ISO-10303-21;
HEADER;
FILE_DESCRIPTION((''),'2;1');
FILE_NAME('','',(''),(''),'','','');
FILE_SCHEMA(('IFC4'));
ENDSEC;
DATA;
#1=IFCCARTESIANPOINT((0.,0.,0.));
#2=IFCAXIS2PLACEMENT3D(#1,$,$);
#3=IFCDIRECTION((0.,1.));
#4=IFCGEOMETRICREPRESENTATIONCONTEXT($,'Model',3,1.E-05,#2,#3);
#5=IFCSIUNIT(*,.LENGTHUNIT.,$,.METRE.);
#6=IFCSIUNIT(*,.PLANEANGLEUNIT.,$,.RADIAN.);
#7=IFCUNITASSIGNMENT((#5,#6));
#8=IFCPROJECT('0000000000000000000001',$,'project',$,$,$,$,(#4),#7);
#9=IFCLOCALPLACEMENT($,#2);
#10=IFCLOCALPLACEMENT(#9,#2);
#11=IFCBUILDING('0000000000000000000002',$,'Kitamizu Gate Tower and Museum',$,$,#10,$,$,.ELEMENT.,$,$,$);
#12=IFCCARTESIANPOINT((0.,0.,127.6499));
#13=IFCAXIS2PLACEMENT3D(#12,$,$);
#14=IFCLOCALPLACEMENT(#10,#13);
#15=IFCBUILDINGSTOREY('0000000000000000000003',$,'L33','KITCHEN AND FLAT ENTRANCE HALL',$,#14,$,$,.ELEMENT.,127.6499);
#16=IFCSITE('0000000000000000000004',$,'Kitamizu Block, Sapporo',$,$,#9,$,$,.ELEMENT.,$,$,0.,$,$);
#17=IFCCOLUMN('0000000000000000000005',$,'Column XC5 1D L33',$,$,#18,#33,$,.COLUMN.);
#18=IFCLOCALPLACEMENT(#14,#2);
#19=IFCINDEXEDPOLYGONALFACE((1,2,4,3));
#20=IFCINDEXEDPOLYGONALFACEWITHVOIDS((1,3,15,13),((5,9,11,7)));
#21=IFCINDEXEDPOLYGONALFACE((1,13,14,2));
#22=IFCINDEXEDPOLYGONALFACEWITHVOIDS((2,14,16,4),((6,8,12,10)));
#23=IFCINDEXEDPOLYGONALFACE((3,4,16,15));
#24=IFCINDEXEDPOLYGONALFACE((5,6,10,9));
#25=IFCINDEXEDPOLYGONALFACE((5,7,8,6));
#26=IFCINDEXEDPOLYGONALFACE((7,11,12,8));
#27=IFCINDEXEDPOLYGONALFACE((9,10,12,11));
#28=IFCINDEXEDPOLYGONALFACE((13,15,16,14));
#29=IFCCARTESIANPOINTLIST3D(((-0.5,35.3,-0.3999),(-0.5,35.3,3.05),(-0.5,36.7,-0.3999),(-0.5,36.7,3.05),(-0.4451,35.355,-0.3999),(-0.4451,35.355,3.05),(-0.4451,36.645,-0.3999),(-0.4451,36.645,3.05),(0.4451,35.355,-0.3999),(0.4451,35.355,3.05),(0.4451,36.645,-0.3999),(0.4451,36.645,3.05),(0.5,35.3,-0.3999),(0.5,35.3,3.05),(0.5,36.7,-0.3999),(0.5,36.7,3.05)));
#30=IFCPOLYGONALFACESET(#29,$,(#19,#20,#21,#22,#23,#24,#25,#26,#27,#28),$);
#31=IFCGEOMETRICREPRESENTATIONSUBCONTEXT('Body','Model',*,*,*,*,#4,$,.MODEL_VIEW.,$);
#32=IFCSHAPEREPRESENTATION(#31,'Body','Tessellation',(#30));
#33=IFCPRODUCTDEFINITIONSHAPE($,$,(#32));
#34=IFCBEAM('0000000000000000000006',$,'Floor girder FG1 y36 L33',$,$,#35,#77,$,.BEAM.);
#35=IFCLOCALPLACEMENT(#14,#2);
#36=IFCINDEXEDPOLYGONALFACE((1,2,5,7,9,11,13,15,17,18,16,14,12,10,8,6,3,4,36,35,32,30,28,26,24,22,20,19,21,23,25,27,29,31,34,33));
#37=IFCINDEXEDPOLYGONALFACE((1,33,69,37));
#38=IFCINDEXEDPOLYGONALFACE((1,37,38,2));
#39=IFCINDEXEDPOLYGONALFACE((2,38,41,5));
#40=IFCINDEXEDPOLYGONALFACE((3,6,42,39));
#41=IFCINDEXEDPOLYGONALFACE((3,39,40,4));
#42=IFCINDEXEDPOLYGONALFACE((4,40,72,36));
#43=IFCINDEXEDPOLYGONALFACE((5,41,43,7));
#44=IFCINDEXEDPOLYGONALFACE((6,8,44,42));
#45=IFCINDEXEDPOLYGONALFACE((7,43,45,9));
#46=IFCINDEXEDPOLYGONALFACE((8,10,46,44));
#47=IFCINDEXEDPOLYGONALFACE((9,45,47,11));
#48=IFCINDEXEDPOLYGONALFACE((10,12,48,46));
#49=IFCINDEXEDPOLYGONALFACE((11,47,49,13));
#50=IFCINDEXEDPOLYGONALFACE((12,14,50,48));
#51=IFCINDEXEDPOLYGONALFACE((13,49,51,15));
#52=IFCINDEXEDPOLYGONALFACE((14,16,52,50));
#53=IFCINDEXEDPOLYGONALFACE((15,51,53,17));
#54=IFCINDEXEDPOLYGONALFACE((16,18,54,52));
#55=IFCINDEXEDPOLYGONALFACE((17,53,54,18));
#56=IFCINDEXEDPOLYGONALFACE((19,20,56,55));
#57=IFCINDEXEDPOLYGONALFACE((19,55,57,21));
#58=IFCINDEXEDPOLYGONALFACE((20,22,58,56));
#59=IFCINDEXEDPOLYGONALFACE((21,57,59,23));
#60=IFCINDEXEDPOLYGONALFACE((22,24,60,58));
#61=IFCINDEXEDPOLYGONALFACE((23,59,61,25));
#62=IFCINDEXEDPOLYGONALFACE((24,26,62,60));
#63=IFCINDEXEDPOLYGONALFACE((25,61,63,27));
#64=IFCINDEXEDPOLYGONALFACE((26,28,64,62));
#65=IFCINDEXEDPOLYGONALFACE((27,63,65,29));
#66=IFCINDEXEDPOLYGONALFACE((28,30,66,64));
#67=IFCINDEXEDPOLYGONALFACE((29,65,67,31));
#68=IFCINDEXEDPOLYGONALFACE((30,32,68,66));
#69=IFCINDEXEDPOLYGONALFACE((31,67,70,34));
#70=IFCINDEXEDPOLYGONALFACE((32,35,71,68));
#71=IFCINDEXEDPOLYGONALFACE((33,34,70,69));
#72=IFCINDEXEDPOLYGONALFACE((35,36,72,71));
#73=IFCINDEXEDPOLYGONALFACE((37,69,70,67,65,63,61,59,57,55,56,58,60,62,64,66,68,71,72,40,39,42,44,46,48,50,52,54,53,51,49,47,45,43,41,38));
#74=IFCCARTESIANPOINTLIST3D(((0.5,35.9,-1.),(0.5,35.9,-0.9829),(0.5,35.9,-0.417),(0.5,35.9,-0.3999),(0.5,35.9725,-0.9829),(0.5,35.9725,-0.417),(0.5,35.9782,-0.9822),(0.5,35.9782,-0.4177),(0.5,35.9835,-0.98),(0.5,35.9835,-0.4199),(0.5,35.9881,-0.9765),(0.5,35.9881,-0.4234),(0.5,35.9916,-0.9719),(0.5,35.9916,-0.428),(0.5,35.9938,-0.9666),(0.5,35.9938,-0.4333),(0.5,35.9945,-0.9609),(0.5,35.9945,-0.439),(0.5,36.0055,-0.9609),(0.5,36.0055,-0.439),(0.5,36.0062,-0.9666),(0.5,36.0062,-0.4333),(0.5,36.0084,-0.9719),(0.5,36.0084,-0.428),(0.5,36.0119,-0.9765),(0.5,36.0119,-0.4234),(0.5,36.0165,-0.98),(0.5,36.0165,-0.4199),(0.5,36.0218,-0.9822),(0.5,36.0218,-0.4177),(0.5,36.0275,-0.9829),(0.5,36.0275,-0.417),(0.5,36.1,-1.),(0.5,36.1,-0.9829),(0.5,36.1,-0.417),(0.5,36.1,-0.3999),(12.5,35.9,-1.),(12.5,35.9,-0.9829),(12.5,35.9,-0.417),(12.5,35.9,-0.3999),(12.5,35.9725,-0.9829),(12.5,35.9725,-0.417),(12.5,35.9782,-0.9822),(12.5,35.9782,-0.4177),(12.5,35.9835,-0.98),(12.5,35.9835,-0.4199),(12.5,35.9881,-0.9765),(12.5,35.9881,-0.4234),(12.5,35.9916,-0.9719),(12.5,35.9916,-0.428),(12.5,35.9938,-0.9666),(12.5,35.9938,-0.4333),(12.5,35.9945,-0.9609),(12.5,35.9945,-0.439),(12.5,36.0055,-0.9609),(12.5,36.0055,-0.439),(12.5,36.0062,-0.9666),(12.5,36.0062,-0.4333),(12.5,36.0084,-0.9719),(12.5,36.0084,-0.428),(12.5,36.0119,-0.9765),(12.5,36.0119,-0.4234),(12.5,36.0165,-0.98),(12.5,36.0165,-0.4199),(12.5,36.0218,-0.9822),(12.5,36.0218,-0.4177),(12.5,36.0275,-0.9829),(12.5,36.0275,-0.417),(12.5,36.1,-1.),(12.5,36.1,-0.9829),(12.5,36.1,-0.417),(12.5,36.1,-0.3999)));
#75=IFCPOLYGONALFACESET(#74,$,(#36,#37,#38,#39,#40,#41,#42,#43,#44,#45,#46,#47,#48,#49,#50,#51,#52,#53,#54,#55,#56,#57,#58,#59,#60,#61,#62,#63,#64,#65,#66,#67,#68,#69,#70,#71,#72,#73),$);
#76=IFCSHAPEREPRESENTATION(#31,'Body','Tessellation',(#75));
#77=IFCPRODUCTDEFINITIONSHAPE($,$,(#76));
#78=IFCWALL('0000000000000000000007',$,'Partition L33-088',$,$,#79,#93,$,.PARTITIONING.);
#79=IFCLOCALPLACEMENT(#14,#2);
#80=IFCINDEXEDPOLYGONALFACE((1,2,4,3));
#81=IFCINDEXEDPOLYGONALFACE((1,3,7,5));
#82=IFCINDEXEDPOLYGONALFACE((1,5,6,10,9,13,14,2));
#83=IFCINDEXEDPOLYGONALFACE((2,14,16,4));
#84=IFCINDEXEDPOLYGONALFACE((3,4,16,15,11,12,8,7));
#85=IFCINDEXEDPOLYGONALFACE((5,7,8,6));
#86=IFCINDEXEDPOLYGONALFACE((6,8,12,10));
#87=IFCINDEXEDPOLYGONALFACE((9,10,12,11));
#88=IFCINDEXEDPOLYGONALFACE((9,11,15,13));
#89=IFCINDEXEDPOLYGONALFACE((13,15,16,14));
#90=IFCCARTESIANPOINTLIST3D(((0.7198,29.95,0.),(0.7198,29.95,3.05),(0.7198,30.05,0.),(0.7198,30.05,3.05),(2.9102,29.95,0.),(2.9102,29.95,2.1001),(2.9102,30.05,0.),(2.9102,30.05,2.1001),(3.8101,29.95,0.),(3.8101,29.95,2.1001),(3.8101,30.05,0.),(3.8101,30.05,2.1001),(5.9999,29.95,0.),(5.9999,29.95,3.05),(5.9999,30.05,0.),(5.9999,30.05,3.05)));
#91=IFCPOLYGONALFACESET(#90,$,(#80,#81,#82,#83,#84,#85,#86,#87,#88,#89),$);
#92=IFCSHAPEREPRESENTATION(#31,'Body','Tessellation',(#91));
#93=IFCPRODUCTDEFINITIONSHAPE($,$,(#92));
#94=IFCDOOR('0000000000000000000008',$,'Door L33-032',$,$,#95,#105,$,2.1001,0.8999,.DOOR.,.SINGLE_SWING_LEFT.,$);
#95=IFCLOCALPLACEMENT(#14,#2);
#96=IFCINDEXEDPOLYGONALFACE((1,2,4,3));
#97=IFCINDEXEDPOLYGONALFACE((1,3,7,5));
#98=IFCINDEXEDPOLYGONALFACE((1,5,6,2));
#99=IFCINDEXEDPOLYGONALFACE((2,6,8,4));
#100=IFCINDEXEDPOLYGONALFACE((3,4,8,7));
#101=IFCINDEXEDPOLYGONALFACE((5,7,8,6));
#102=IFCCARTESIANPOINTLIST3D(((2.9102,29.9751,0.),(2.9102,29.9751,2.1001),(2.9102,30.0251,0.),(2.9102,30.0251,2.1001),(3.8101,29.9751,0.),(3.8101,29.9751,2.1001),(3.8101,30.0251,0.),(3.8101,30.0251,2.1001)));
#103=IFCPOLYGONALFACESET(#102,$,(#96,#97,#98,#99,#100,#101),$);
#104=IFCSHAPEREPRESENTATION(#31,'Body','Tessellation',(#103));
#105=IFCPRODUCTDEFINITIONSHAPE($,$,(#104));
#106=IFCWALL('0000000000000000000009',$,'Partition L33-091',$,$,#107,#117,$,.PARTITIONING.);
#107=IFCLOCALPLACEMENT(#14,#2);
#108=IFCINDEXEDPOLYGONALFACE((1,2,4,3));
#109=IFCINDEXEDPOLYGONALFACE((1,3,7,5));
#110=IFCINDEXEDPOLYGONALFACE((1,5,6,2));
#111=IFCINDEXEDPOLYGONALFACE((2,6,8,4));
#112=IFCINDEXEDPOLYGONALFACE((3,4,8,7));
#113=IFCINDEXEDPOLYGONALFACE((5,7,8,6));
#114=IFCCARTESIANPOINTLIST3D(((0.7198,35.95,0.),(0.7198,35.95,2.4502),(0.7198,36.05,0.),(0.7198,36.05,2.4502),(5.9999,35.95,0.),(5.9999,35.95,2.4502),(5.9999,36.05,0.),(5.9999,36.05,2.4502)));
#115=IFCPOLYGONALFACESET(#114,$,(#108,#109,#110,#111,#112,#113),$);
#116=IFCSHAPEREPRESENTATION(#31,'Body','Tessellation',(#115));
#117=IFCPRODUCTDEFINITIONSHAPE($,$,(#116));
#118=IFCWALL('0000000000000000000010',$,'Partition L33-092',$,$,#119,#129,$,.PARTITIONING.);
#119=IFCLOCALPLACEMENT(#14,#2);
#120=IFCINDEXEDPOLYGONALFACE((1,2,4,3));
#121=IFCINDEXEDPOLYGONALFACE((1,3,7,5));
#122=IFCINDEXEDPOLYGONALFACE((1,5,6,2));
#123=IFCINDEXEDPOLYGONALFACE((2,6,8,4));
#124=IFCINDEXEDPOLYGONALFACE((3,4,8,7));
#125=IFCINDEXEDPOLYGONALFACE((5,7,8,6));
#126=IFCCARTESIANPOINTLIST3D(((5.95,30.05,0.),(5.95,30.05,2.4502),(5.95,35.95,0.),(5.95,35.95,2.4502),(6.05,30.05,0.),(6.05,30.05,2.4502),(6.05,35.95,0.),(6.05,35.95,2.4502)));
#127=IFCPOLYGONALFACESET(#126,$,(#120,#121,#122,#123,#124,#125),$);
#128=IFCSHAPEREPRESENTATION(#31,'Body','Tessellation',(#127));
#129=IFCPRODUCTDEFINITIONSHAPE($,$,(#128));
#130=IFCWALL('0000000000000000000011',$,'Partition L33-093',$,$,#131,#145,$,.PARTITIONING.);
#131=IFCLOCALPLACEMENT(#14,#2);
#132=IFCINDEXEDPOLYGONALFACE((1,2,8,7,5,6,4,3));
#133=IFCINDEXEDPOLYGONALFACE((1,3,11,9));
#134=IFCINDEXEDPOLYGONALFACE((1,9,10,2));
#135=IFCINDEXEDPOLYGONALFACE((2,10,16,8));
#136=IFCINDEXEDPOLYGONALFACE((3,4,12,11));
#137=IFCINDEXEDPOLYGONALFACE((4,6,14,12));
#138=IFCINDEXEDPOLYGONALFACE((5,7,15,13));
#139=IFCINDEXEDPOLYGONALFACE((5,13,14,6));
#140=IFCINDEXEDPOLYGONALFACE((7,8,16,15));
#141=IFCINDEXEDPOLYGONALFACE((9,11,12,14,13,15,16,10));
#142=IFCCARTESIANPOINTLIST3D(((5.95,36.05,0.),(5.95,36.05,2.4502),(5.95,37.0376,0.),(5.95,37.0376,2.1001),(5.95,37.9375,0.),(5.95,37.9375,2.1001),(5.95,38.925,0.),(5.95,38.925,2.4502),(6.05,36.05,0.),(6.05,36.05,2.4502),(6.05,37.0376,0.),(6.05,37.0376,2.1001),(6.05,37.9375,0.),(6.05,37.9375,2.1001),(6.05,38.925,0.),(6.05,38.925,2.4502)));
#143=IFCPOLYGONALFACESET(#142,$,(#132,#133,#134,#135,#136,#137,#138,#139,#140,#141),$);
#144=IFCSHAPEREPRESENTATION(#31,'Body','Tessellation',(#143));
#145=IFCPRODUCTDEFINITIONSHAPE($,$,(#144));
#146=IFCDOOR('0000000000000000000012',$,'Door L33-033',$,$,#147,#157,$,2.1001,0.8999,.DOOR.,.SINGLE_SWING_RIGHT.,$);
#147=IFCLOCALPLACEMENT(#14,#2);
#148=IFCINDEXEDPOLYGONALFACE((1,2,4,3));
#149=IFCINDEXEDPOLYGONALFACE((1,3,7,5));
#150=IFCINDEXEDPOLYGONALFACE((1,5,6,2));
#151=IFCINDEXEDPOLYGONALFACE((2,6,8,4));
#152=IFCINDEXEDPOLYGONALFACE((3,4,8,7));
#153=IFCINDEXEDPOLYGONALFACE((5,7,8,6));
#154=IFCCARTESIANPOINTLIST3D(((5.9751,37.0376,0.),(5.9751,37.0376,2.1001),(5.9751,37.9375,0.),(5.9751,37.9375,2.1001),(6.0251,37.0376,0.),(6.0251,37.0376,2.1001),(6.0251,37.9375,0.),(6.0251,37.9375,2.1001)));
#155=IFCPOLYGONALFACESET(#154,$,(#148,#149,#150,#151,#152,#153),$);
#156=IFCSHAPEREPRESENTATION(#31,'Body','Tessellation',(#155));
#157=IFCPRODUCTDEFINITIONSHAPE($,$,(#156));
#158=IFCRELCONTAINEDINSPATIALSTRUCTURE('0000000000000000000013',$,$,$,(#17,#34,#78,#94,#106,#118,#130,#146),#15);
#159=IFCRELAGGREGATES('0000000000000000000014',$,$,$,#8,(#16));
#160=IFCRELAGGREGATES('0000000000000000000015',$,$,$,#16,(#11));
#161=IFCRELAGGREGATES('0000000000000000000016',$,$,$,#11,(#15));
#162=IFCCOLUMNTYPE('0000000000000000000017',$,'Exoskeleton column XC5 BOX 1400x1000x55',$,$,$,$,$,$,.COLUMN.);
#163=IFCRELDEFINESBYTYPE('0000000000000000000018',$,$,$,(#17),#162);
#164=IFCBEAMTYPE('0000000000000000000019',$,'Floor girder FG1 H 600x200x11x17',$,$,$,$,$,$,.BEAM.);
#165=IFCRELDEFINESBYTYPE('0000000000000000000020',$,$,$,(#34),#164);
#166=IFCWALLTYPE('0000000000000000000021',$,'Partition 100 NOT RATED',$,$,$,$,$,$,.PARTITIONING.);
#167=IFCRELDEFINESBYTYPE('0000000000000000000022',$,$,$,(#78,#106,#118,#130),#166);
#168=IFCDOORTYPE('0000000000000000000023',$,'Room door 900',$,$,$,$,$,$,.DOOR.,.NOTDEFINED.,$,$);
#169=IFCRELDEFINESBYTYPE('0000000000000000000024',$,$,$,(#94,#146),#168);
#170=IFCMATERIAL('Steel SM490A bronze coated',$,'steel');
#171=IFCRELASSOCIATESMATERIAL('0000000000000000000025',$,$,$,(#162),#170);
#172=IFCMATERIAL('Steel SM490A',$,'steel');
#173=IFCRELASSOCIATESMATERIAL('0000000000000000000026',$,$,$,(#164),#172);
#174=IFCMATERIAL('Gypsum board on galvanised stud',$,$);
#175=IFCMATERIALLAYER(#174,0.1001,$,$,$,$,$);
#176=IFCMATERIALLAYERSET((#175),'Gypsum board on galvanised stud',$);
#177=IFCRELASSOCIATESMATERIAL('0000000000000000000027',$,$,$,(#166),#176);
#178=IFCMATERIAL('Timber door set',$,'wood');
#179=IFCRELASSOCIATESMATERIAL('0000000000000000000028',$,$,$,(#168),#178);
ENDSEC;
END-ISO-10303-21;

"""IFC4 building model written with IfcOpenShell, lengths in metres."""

from ifc_helpers import new_model, si_unit, direction, frame, frame_2d, origin, origin_2d, place, context, subcontext, project, spatial, rectangle, hollow_rectangle, i_section, extrude, material, layer, layer_set, material_profile, profile_set, type_object, element, fill, save


model = new_model("IFC4")

# Units and contexts
model_context = context("Model", 3, precision=1e-05, world=origin(), true_north=direction((0.0, 1.0)))
body_context = subcontext(model_context, "Body", "Model", "MODEL_VIEW")
ifc_project = project(units=[si_unit("LENGTHUNIT", "METRE"), si_unit("PLANEANGLEUNIT", "RADIAN")], contexts=[model_context])

# Site, building, storey
site_placement = place(None, origin())
site = spatial("IfcSite", under=ifc_project, at=site_placement, Name="Kitamizu Block, Sapporo", CompositionType="ELEMENT", RefElevation=0.0)
building_placement = place(site_placement, origin())
building = spatial("IfcBuilding", under=site, at=building_placement, Name="Kitamizu Gate Tower and Museum", CompositionType="ELEMENT")
storey_placement = place(building_placement, frame((0.0, 0.0, 127.6499)))
storey = spatial("IfcBuildingStorey", under=building, at=storey_placement, Name="L33", Description="KITCHEN AND FLAT ENTRANCE HALL", CompositionType="ELEMENT", Elevation=127.6499)

# Column
ifc_material_1 = material(Name="Steel SM490A bronze coated", Category="steel")
ifc_material_profile_1 = material_profile(ifc_material_1, hollow_rectangle(XDim=1.3999, YDim=1.0, WallThickness=0.0549, at=origin_2d()), Name="BOX 1400x1000x55")
ifc_profile_set_1 = profile_set([ifc_material_profile_1], Name="Steel SM490A bronze coated")
column_type = type_object("IfcColumnType", Name="Exoskeleton column XC5 BOX 1400x1000x55", PredefinedType="COLUMN", material=ifc_profile_set_1)
column_placement = place(storey_placement, frame((0.0, 36.0, -0.3999), z_axis=(0.0, 0.0, 1.0), x_axis=(0.0, 1.0, 0.0)))
element("IfcColumn", 1, at=column_placement, inside=storey, type_object=column_type, Name="Column XC5 1D L33", PredefinedType="COLUMN", context=body_context, shape_type="SweptSolid", body=[
    extrude(hollow_rectangle(XDim=1.3999, YDim=1.0, WallThickness=0.0549, at=origin_2d()), origin(), (0.0, 0.0, 1.0), 3.45),
])

# Beam
ifc_material_2 = material(Name="Steel SM490A", Category="steel")
ifc_material_profile_2 = material_profile(ifc_material_2, i_section(OverallWidth=0.2, OverallDepth=0.6001, WebThickness=0.011, FlangeThickness=0.0171, FilletRadius=0.022, at=origin_2d()), Name="H-600x200x11x17")
ifc_profile_set_2 = profile_set([ifc_material_profile_2], Name="Steel SM490A")
beam_type = type_object("IfcBeamType", Name="Floor girder FG1 H 600x200x11x17", PredefinedType="BEAM", material=ifc_profile_set_2)
beam_placement = place(storey_placement, frame((0.5, 36.0, -0.7), z_axis=(1.0, 0.0, 0.0), x_axis=(0.0, 1.0, 0.0)))
element("IfcBeam", 2, at=beam_placement, inside=storey, type_object=beam_type, Name="Floor girder FG1 y36 L33", PredefinedType="BEAM", context=body_context, shape_type="SweptSolid", body=[
    extrude(i_section(OverallWidth=0.2, OverallDepth=0.6001, WebThickness=0.011, FlangeThickness=0.0171, FilletRadius=0.022, at=origin_2d()), origin(), (0.0, 0.0, 1.0), 12.0),
])

# Wall, opening, door
ifc_material_3 = material(Name="Gypsum board on galvanised stud")
ifc_layer_1 = layer(ifc_material_3, 0.1001)
ifc_layer_set_1 = layer_set([ifc_layer_1], Name="Gypsum board on galvanised stud")
wall_type_1 = type_object("IfcWallType", Name="Partition 100 NOT RATED", PredefinedType="PARTITIONING", material=ifc_layer_set_1)
wall_1_placement = place(storey_placement, frame((6.0, 30.0, 0.0), z_axis=(0.0, 0.0, 1.0), x_axis=(-1.0, 0.0, 0.0)))
wall_1 = element("IfcWall", 3, at=wall_1_placement, inside=storey, type_object=wall_type_1, Name="Partition L33-088", PredefinedType="PARTITIONING", context=body_context, shape_type="SweptSolid", body=[
    extrude(rectangle(XDim=5.28, YDim=0.1001, at=frame_2d((2.6401, 0.0))), origin(), (0.0, 0.0, 1.0), 3.05),
])
opening_1_placement = place(wall_1_placement, frame((2.1899, 0.0, 0.0)))
opening_1 = element("IfcOpeningElement", 4, at=opening_1_placement, cuts=wall_1, PredefinedType="OPENING", context=body_context, shape_type="SweptSolid", body=[
    extrude(rectangle(XDim=0.8999, YDim=2.1001, at=frame_2d((0.45, 1.05))), frame((0.0, 0.0601, 0.0), z_axis=(0.0, -1.0, 0.0), x_axis=(1.0, 0.0, 0.0)), (0.0, 0.0, 1.0), 0.1201),
])
ifc_material_4 = material(Name="Timber door set", Category="wood")
door_type_1 = type_object("IfcDoorType", Name="Room door 900", OperationType="NOTDEFINED", PredefinedType="DOOR", material=ifc_material_4)
door_1_placement = place(opening_1_placement, origin())
door_1 = element("IfcDoor", 5, at=door_1_placement, inside=storey, type_object=door_type_1, Name="Door L33-032", OperationType="SINGLE_SWING_LEFT", OverallHeight=2.1001, OverallWidth=0.8999, PredefinedType="DOOR", context=body_context, shape_type="SweptSolid", body=[
    extrude(rectangle(XDim=0.8999, YDim=2.1001, at=frame_2d((0.45, 1.05))), frame((0.0, 0.0249, 0.0), z_axis=(0.0, -1.0, 0.0), x_axis=(1.0, 0.0, 0.0)), (0.0, 0.0, 1.0), 0.05),
])
fill(opening_1, door_1)

# Walls
wall_2_placement = place(storey_placement, frame((6.0, 36.0, 0.0), z_axis=(0.0, 0.0, 1.0), x_axis=(-1.0, 0.0, 0.0)))
element("IfcWall", 6, at=wall_2_placement, inside=storey, type_object=wall_type_1, Name="Partition L33-091", PredefinedType="PARTITIONING", context=body_context, shape_type="SweptSolid", body=[
    extrude(rectangle(XDim=5.28, YDim=0.1001, at=frame_2d((2.6401, 0.0))), origin(), (0.0, 0.0, 1.0), 2.4502),
])
wall_3_placement = place(storey_placement, frame((6.0, 30.05, 0.0), z_axis=(0.0, 0.0, 1.0), x_axis=(0.0, 1.0, 0.0)))
element("IfcWall", 7, at=wall_3_placement, inside=storey, type_object=wall_type_1, Name="Partition L33-092", PredefinedType="PARTITIONING", context=body_context, shape_type="SweptSolid", body=[
    extrude(rectangle(XDim=5.8999, YDim=0.1001, at=frame_2d((2.95, 0.0))), origin(), (0.0, 0.0, 1.0), 2.4502),
])

# Wall, opening, door
wall_4_placement = place(storey_placement, frame((6.0, 36.05, 0.0), z_axis=(0.0, 0.0, 1.0), x_axis=(0.0, 1.0, 0.0)))
wall_4 = element("IfcWall", 8, at=wall_4_placement, inside=storey, type_object=wall_type_1, Name="Partition L33-093", PredefinedType="PARTITIONING", context=body_context, shape_type="SweptSolid", body=[
    extrude(rectangle(XDim=2.875, YDim=0.1001, at=frame_2d((1.4375, 0.0))), origin(), (0.0, 0.0, 1.0), 2.4502),
])
opening_2_placement = place(wall_4_placement, frame((0.9875, 0.0, 0.0)))
opening_2 = element("IfcOpeningElement", 9, at=opening_2_placement, cuts=wall_4, PredefinedType="OPENING", context=body_context, shape_type="SweptSolid", body=[
    extrude(rectangle(XDim=0.8999, YDim=2.1001, at=frame_2d((0.45, 1.05))), frame((0.0, 0.0601, 0.0), z_axis=(0.0, -1.0, 0.0), x_axis=(1.0, 0.0, 0.0)), (0.0, 0.0, 1.0), 0.1201),
])
door_2_placement = place(opening_2_placement, origin())
door_2 = element("IfcDoor", 10, at=door_2_placement, inside=storey, type_object=door_type_1, Name="Door L33-033", OperationType="SINGLE_SWING_RIGHT", OverallHeight=2.1001, OverallWidth=0.8999, PredefinedType="DOOR", context=body_context, shape_type="SweptSolid", body=[
    extrude(rectangle(XDim=0.8999, YDim=2.1001, at=frame_2d((0.45, 1.05))), frame((0.0, 0.0249, 0.0), z_axis=(0.0, -1.0, 0.0), x_axis=(1.0, 0.0, 0.0)), (0.0, 0.0, 1.0), 0.05),
])
fill(opening_2, door_2)

save(model, "model.ifc")
